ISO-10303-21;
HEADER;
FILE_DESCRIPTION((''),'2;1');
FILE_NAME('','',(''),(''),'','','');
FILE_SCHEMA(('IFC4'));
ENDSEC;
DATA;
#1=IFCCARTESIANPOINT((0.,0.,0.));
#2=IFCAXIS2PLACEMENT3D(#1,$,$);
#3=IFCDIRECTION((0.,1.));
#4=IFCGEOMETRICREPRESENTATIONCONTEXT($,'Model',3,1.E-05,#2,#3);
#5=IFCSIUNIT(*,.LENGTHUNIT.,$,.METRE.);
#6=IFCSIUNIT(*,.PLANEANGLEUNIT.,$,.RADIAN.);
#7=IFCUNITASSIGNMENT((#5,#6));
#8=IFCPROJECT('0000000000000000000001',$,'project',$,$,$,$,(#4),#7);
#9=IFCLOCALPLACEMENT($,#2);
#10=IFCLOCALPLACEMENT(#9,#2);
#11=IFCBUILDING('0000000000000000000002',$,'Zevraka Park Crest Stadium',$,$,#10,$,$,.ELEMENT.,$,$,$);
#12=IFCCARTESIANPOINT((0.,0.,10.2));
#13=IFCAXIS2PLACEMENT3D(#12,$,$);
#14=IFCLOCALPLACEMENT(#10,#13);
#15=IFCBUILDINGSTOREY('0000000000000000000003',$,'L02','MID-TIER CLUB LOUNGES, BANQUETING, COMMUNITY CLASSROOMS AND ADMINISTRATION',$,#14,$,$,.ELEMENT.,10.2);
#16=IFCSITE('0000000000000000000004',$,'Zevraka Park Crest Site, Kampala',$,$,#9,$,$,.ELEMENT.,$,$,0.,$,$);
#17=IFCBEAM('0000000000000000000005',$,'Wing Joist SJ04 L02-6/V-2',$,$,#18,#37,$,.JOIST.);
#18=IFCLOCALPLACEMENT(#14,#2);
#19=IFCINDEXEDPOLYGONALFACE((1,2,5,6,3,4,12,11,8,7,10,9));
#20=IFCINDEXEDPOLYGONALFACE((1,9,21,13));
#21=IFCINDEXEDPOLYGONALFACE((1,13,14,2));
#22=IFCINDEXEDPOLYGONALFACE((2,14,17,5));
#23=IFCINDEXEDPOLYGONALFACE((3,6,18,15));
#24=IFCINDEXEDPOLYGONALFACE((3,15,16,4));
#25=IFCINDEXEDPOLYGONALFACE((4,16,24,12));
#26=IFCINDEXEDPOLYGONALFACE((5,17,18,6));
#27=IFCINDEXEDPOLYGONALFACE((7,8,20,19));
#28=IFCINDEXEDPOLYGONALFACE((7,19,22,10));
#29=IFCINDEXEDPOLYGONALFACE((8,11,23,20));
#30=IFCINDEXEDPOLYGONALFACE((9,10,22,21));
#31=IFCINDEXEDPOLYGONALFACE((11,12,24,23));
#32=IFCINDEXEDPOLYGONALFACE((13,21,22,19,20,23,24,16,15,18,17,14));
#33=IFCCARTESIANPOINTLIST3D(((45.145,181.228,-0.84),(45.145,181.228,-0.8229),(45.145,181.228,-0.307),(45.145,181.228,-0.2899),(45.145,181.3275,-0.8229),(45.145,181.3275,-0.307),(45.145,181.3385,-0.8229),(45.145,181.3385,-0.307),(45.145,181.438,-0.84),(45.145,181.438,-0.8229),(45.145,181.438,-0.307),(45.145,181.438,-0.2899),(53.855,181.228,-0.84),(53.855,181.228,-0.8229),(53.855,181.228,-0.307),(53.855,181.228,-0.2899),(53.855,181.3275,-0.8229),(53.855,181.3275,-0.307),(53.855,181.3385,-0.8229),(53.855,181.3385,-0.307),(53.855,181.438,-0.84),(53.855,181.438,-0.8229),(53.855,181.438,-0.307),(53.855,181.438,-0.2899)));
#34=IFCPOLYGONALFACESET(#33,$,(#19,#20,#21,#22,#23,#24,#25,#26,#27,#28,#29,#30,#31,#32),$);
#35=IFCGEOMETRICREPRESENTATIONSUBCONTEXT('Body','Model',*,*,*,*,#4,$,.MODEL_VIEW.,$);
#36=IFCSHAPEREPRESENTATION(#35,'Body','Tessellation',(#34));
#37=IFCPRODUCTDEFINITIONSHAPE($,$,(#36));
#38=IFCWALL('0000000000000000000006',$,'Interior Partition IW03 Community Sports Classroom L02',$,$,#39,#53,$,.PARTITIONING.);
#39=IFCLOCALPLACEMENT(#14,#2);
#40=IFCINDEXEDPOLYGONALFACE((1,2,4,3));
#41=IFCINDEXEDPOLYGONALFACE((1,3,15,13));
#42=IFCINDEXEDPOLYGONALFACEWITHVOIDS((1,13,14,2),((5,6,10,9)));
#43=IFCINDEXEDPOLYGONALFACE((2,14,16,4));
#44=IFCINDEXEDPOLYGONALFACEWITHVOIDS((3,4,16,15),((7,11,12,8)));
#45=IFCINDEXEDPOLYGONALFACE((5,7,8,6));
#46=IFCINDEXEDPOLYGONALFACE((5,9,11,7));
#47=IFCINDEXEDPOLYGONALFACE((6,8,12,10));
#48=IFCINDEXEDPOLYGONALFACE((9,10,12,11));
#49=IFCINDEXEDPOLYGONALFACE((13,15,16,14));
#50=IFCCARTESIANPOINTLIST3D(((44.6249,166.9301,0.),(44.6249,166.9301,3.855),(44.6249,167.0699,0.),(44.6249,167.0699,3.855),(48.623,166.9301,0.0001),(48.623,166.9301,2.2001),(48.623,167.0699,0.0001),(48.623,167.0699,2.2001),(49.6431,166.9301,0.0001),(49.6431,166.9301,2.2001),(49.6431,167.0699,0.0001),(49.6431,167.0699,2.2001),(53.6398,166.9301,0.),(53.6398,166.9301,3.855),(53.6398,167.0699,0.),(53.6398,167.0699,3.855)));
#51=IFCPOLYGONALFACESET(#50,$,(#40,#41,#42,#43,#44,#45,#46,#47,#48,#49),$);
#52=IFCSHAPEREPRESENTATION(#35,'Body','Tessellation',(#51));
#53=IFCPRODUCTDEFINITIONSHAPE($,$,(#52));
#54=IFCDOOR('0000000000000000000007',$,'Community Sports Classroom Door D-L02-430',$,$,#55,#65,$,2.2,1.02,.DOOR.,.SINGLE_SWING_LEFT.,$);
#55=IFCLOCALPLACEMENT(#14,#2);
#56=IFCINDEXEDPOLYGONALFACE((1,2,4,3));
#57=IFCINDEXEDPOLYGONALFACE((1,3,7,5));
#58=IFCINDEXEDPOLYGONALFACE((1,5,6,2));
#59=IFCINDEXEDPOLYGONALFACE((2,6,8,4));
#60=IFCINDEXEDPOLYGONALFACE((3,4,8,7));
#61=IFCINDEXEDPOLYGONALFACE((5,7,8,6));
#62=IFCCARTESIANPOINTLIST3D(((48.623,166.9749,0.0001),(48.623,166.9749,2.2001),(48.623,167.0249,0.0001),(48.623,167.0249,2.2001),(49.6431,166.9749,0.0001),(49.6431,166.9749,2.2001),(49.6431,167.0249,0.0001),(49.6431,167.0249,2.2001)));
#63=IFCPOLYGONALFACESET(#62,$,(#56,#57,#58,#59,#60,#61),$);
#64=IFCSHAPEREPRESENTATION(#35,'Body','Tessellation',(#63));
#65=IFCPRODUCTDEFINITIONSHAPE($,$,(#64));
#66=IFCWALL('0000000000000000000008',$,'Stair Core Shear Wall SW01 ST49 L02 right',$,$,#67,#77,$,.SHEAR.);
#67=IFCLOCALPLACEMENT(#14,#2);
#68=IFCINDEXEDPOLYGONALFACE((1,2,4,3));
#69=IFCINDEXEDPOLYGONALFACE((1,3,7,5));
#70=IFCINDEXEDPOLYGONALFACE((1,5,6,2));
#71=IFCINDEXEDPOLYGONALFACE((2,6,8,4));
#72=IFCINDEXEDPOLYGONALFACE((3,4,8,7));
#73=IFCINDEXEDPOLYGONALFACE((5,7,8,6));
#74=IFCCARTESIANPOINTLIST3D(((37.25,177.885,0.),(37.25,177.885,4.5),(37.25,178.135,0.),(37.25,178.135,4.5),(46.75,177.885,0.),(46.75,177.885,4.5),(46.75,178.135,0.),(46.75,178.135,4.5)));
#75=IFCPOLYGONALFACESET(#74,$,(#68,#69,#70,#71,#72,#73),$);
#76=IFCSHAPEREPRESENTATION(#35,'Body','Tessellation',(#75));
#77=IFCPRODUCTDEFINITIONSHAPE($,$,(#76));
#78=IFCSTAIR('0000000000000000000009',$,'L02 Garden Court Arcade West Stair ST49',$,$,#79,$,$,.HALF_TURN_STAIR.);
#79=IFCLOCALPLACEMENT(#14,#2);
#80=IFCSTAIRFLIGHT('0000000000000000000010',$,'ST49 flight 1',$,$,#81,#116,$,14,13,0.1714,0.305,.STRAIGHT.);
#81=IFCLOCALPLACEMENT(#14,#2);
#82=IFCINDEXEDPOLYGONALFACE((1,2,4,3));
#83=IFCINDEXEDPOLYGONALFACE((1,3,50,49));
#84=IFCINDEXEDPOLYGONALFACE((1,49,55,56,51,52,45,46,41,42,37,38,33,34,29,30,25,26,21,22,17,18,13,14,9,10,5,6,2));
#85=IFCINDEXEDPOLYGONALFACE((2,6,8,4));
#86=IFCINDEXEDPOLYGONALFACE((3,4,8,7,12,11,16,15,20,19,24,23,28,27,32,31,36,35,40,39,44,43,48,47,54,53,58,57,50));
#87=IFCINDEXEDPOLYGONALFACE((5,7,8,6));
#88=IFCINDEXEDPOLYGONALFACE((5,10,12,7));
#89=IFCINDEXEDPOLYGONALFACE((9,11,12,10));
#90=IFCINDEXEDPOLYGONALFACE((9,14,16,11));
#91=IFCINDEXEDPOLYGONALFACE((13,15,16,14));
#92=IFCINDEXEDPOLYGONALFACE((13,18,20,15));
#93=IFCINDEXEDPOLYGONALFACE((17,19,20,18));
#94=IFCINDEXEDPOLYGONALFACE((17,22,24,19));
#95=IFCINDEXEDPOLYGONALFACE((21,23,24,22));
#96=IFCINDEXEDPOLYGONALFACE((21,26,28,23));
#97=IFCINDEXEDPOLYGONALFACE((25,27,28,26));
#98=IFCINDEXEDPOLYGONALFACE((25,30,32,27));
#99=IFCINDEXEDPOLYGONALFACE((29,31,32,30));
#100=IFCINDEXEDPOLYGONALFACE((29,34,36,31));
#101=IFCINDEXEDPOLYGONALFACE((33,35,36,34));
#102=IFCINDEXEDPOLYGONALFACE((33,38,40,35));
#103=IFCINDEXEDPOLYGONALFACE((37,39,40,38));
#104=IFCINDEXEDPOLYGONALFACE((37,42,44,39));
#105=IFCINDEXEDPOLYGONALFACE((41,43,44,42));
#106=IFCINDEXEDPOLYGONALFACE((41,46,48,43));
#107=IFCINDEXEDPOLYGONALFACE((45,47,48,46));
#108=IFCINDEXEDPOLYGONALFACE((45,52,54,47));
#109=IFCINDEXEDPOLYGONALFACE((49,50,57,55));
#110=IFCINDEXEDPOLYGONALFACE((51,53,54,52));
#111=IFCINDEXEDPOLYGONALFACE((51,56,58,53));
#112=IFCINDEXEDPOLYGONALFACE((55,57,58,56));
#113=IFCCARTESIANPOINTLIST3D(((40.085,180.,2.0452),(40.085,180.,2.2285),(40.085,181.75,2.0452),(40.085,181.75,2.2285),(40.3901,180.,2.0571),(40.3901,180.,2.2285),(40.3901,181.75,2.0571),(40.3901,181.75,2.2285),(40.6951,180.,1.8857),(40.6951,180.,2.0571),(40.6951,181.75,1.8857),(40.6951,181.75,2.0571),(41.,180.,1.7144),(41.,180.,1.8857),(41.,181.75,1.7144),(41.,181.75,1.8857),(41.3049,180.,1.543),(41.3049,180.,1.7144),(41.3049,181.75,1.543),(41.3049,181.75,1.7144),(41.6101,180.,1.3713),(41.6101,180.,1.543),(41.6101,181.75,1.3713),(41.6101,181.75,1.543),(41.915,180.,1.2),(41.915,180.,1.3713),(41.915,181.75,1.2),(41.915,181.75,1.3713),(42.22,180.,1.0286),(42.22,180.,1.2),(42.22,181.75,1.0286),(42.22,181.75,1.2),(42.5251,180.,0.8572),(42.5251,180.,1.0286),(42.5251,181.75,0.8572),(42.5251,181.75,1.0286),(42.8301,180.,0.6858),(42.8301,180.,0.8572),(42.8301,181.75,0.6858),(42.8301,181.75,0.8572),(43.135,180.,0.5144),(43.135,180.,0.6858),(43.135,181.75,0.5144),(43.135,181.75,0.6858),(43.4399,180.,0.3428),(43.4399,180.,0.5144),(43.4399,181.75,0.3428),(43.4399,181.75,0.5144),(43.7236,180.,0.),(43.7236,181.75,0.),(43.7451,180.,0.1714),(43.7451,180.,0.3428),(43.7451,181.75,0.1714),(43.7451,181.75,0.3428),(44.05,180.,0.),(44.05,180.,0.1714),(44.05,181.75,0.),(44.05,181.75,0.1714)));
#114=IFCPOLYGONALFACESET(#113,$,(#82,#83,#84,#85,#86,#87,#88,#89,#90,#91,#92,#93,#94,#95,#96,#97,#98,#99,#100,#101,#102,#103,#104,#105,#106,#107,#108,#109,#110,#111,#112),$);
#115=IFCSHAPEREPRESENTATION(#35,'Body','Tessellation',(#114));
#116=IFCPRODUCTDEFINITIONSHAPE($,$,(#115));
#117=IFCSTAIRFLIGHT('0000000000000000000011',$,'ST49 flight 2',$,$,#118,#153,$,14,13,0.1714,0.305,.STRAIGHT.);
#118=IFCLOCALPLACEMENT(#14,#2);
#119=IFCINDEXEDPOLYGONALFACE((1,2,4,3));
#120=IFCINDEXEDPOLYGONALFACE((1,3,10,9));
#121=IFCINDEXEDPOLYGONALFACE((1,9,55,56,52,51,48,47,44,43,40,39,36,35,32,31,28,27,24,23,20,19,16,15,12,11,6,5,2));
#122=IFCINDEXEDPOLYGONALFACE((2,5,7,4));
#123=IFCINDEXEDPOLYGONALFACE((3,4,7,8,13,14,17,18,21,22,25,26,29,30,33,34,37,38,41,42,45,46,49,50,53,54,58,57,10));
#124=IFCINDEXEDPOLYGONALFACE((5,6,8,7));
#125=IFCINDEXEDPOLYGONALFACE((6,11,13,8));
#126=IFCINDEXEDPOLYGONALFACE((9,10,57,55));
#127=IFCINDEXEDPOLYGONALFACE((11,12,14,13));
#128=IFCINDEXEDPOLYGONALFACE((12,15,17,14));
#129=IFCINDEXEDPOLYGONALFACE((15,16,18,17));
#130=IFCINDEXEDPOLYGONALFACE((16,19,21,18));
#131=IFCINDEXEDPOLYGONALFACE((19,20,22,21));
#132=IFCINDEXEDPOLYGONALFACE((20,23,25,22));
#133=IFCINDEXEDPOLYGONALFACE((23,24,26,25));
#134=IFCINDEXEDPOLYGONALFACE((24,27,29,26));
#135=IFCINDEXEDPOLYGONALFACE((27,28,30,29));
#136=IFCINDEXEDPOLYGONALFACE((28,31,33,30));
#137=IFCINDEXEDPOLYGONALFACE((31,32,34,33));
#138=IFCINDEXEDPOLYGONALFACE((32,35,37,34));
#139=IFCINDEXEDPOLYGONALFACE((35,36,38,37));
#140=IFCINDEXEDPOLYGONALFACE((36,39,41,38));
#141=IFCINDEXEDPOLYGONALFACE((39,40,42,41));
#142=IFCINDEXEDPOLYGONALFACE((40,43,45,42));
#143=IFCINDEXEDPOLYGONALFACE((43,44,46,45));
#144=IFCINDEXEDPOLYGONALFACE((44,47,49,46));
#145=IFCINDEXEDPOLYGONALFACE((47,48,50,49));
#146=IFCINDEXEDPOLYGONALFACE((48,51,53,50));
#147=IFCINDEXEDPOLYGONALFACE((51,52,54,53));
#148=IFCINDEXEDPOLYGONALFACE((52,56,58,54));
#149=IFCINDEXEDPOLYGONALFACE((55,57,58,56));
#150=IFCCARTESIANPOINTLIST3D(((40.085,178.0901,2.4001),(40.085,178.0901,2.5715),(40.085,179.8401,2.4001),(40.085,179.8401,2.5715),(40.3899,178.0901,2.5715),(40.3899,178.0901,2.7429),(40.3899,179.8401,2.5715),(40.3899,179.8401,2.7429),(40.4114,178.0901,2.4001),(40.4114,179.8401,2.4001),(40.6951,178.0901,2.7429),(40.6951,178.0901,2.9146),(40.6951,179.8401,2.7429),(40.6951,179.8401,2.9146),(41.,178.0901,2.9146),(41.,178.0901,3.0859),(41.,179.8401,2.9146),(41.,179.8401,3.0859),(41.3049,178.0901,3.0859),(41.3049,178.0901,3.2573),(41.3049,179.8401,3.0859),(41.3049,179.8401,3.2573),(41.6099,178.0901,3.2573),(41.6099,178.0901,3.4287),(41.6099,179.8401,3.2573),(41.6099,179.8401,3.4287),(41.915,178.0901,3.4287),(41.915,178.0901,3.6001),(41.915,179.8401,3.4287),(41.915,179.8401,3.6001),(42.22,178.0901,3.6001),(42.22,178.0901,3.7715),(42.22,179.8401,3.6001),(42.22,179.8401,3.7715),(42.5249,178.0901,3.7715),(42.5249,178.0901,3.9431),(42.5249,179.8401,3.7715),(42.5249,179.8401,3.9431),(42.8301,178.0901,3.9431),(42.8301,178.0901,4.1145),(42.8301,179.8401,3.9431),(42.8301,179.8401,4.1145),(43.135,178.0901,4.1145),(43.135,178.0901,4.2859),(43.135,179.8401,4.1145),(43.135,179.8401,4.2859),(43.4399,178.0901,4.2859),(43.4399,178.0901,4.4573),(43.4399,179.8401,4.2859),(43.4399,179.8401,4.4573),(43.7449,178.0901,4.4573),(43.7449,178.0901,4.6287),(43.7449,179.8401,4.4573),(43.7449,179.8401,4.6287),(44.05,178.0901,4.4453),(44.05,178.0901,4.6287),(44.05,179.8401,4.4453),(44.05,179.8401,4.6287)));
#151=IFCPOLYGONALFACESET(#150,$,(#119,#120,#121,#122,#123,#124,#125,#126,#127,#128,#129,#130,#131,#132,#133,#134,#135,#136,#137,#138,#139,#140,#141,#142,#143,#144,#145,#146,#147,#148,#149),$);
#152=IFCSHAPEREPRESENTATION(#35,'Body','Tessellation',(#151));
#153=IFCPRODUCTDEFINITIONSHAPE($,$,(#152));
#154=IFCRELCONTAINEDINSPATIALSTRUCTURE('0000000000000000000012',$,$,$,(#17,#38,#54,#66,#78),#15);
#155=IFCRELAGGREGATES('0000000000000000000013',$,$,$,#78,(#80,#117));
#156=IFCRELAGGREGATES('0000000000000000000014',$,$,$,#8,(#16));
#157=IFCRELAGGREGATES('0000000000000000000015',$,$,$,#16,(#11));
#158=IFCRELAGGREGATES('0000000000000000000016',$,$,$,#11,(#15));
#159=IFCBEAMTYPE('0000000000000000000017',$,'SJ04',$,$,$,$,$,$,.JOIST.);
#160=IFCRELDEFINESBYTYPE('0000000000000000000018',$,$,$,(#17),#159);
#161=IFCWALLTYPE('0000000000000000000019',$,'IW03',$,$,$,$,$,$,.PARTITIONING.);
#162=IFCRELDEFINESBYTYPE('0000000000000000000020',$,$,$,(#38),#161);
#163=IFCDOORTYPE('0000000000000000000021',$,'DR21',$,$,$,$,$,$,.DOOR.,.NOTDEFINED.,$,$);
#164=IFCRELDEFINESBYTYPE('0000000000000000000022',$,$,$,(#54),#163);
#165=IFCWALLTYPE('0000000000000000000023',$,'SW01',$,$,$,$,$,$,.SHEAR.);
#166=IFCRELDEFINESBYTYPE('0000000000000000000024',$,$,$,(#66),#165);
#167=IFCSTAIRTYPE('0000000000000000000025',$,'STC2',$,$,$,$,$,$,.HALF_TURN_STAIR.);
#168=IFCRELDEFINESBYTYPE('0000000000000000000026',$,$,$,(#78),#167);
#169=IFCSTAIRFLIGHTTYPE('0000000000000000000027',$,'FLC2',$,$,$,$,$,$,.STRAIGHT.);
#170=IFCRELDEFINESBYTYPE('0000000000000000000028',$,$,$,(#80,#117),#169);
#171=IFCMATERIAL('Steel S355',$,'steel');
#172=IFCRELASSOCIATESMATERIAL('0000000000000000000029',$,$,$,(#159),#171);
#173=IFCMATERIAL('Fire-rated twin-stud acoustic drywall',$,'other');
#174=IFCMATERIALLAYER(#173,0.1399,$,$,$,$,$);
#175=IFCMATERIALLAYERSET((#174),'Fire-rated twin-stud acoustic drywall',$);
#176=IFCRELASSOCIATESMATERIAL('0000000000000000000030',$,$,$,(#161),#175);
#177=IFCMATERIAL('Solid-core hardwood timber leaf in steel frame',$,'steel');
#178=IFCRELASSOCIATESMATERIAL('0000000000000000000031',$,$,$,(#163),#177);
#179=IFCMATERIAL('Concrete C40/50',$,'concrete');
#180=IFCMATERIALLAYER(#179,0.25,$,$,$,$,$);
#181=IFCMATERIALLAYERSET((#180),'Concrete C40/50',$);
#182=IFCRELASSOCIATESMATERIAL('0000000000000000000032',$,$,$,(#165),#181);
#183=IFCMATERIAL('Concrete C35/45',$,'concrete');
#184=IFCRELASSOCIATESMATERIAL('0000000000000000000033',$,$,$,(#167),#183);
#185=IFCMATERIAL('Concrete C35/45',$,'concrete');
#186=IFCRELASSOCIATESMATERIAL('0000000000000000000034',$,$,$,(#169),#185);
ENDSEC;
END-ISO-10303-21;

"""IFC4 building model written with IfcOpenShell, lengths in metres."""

from ifc_helpers import new_model, si_unit, direction, frame, frame_2d, origin, origin_2d, place, context, subcontext, project, spatial, polyline, rectangle, i_section, outline, extrude, material, layer, layer_set, material_profile, profile_set, type_object, element, fill, aggregate, save


model = new_model("IFC4")

# Units and contexts
model_context = context("Model", 3, precision=1e-05, world=origin(), true_north=direction((0.0, 1.0)))
body_context = subcontext(model_context, "Body", "Model", "MODEL_VIEW")
ifc_project = project(units=[si_unit("LENGTHUNIT", "METRE"), si_unit("PLANEANGLEUNIT", "RADIAN")], contexts=[model_context])

# Site, building, storey
site_placement = place(None, origin())
site = spatial("IfcSite", under=ifc_project, at=site_placement, Name="Zevraka Park Crest Site, Kampala", CompositionType="ELEMENT", RefElevation=0.0)
building_placement = place(site_placement, origin())
building = spatial("IfcBuilding", under=site, at=building_placement, Name="Zevraka Park Crest Stadium", CompositionType="ELEMENT")
storey_placement = place(building_placement, frame((0.0, 0.0, 10.2)))
storey = spatial("IfcBuildingStorey", under=building, at=storey_placement, Name="L02", Description="MID-TIER CLUB LOUNGES, BANQUETING, COMMUNITY CLASSROOMS AND ADMINISTRATION", CompositionType="ELEMENT", Elevation=10.2)

# Beam
ifc_material_1 = material(Name="Steel S355", Category="steel")
ifc_material_profile_1 = material_profile(ifc_material_1, i_section(OverallWidth=0.21, OverallDepth=0.55, WebThickness=0.011, FlangeThickness=0.0171, at=origin_2d()), Name="IPE 550")
ifc_profile_set_1 = profile_set([ifc_material_profile_1], Name="Steel S355")
beam_type_1 = type_object("IfcBeamType", Name="SJ04", PredefinedType="JOIST", material=ifc_profile_set_1)
for number, where, z_axis, x_axis, name in (
    (1, (45.145, 181.333, -0.5649), (1.0, 0.0, 0.0), (0.0, 1.0, 0.0), "Wing Joist SJ04 L02-6/V-2"),
):
    element("IfcBeam", number, at=place(storey_placement, frame(where, z_axis=z_axis, x_axis=x_axis)), inside=storey, type_object=beam_type_1, Name=name, PredefinedType="JOIST", context=body_context, shape_type="SweptSolid", body=[
        extrude(i_section(OverallWidth=0.21, OverallDepth=0.55, WebThickness=0.011, FlangeThickness=0.0171, at=origin_2d()), origin(), (0.0, 0.0, 1.0), 8.71),
    ])

# Wall, opening, door
ifc_material_2 = material(Name="Fire-rated twin-stud acoustic drywall", Category="other")
ifc_layer_1 = layer(ifc_material_2, 0.1399)
ifc_layer_set_1 = layer_set([ifc_layer_1], Name="Fire-rated twin-stud acoustic drywall")
wall_type_1 = type_object("IfcWallType", Name="IW03", PredefinedType="PARTITIONING", material=ifc_layer_set_1)
wall_1_placement = place(storey_placement, frame((44.625, 167.0, 0.0), z_axis=(0.0, 0.0, 1.0), x_axis=(1.0, 0.0, 0.0)))
wall_1 = element("IfcWall", 2, at=wall_1_placement, inside=storey, type_object=wall_type_1, Name="Interior Partition IW03 Community Sports Classroom L02", PredefinedType="PARTITIONING", context=body_context, shape_type="SweptSolid", body=[
    extrude(rectangle(XDim=9.0149, YDim=0.1399, at=frame_2d((4.5073, 0.0))), origin(), (0.0, 0.0, 1.0), 3.855),
])
opening_placement = place(wall_1_placement, frame((3.998, 0.0, 0.0)))
opening = element("IfcOpeningElement", 3, at=opening_placement, cuts=wall_1, PredefinedType="OPENING", context=body_context, shape_type="SweptSolid", body=[
    extrude(rectangle(XDim=1.02, YDim=2.2, at=frame_2d((0.51, 1.1001))), frame((0.0, 0.0798, 0.0), z_axis=(0.0, -1.0, 0.0), x_axis=(1.0, 0.0, 0.0)), (0.0, 0.0, 1.0), 0.1599),
])
ifc_material_3 = material(Name="Solid-core hardwood timber leaf in steel frame", Category="steel")
door_type = type_object("IfcDoorType", Name="DR21", OperationType="NOTDEFINED", PredefinedType="DOOR", material=ifc_material_3)
door_placement = place(opening_placement, origin())
door = element("IfcDoor", 4, at=door_placement, inside=storey, type_object=door_type, Name="Community Sports Classroom Door D-L02-430", OperationType="SINGLE_SWING_LEFT", OverallHeight=2.2, OverallWidth=1.02, PredefinedType="DOOR", context=body_context, shape_type="SweptSolid", body=[
    extrude(rectangle(XDim=1.02, YDim=2.2, at=frame_2d((0.51, 1.1001))), frame((0.0, 0.0249, 0.0), z_axis=(0.0, -1.0, 0.0), x_axis=(1.0, 0.0, 0.0)), (0.0, 0.0, 1.0), 0.05),
])
fill(opening, door)

# Wall
ifc_material_4 = material(Name="Concrete C40/50", Category="concrete")
ifc_layer_2 = layer(ifc_material_4, 0.25)
ifc_layer_set_2 = layer_set([ifc_layer_2], Name="Concrete C40/50")
wall_type_2 = type_object("IfcWallType", Name="SW01", PredefinedType="SHEAR", material=ifc_layer_set_2)
wall_2_placement = place(storey_placement, frame((37.25, 178.01, 0.0), z_axis=(0.0, 0.0, 1.0), x_axis=(1.0, 0.0, 0.0)))
element("IfcWall", 5, at=wall_2_placement, inside=storey, type_object=wall_type_2, Name="Stair Core Shear Wall SW01 ST49 L02 right", PredefinedType="SHEAR", context=body_context, shape_type="SweptSolid", body=[
    extrude(rectangle(XDim=9.5, YDim=0.25, at=frame_2d((4.75, 0.0))), origin(), (0.0, 0.0, 1.0), 4.5),
])

# Stair, stair flights
ifc_material_5 = material(Name="Concrete C35/45", Category="concrete")
stair_type = type_object("IfcStairType", Name="STC2", PredefinedType="HALF_TURN_STAIR", material=ifc_material_5)
stair_placement = place(storey_placement, origin())
stair = element("IfcStair", 6, at=stair_placement, inside=storey, type_object=stair_type, Name="L02 Garden Court Arcade West Stair ST49", PredefinedType="HALF_TURN_STAIR")
ifc_material_6 = material(Name="Concrete C35/45", Category="concrete")
stair_flight_type = type_object("IfcStairFlightType", Name="FLC2", PredefinedType="STRAIGHT", material=ifc_material_6)
stair_flight_1_placement = place(storey_placement, frame((44.05, 180.875, 0.0), z_axis=(0.0, 0.0, 1.0), x_axis=(-1.0, 0.0, 0.0)))
stair_flight_1 = element("IfcStairFlight", 7, at=stair_flight_1_placement, type_object=stair_flight_type, Name="ST49 flight 1", NumberOfRisers=14, NumberOfTreads=13, PredefinedType="STRAIGHT", RiserHeight=0.1714, TreadLength=0.305, context=body_context, shape_type="SweptSolid", body=[
    extrude(outline(polyline([(0.0, 0.0), (0.0, 0.1714), (0.3049, 0.1714), (0.3049, 0.3428), (0.6101, 0.3428), (0.6101, 0.5144), (0.915, 0.5144), (0.915, 0.6858), (1.22, 0.6858), (1.22, 0.8572), (1.5249, 0.8572), (1.5249, 1.0286), (1.8301, 1.0286), (1.8301, 1.2), (2.135, 1.2), (2.135, 1.3713), (2.4399, 1.3713), (2.4399, 1.543), (2.7451, 1.543), (2.7451, 1.7144), (3.05, 1.7144), (3.05, 1.8857), (3.355, 1.8857), (3.355, 2.0571), (3.6599, 2.0571), (3.6599, 2.2285), (3.9651, 2.2285), (3.9651, 2.3999), (3.9651, 2.0452), (0.3264, 0.0), (0.0, 0.0)])), frame((0.0, 0.875, 0.0), z_axis=(0.0, -1.0, 0.0), x_axis=(1.0, 0.0, 0.0)), (0.0, 0.0, 1.0), 1.75),
])
stair_flight_2_placement = place(storey_placement, frame((40.085, 178.9651, 2.4001), z_axis=(0.0, 0.0, 1.0), x_axis=(1.0, 0.0, 0.0)))
stair_flight_2 = element("IfcStairFlight", 8, at=stair_flight_2_placement, type_object=stair_flight_type, Name="ST49 flight 2", NumberOfRisers=14, NumberOfTreads=13, PredefinedType="STRAIGHT", RiserHeight=0.1714, TreadLength=0.305, context=body_context, shape_type="SweptSolid", body=[
    extrude(outline(polyline([(0.0, 0.0), (0.0, 0.1714), (0.3049, 0.1714), (0.3049, 0.3428), (0.6101, 0.3428), (0.6101, 0.5144), (0.915, 0.5144), (0.915, 0.6858), (1.22, 0.6858), (1.22, 0.8572), (1.5249, 0.8572), (1.5249, 1.0286), (1.8301, 1.0286), (1.8301, 1.2), (2.135, 1.2), (2.135, 1.3713), (2.4399, 1.3713), (2.4399, 1.543), (2.7451, 1.543), (2.7451, 1.7144), (3.05, 1.7144), (3.05, 1.8857), (3.355, 1.8857), (3.355, 2.0571), (3.6599, 2.0571), (3.6599, 2.2285), (3.9651, 2.2285), (3.9651, 2.3999), (3.9651, 2.0452), (0.3264, 0.0), (0.0, 0.0)])), frame((0.0, 0.875, 0.0), z_axis=(0.0, -1.0, 0.0), x_axis=(1.0, 0.0, 0.0)), (0.0, 0.0, 1.0), 1.75),
])
aggregate(stair, [stair_flight_1, stair_flight_2])

save(model, "model.ifc")
